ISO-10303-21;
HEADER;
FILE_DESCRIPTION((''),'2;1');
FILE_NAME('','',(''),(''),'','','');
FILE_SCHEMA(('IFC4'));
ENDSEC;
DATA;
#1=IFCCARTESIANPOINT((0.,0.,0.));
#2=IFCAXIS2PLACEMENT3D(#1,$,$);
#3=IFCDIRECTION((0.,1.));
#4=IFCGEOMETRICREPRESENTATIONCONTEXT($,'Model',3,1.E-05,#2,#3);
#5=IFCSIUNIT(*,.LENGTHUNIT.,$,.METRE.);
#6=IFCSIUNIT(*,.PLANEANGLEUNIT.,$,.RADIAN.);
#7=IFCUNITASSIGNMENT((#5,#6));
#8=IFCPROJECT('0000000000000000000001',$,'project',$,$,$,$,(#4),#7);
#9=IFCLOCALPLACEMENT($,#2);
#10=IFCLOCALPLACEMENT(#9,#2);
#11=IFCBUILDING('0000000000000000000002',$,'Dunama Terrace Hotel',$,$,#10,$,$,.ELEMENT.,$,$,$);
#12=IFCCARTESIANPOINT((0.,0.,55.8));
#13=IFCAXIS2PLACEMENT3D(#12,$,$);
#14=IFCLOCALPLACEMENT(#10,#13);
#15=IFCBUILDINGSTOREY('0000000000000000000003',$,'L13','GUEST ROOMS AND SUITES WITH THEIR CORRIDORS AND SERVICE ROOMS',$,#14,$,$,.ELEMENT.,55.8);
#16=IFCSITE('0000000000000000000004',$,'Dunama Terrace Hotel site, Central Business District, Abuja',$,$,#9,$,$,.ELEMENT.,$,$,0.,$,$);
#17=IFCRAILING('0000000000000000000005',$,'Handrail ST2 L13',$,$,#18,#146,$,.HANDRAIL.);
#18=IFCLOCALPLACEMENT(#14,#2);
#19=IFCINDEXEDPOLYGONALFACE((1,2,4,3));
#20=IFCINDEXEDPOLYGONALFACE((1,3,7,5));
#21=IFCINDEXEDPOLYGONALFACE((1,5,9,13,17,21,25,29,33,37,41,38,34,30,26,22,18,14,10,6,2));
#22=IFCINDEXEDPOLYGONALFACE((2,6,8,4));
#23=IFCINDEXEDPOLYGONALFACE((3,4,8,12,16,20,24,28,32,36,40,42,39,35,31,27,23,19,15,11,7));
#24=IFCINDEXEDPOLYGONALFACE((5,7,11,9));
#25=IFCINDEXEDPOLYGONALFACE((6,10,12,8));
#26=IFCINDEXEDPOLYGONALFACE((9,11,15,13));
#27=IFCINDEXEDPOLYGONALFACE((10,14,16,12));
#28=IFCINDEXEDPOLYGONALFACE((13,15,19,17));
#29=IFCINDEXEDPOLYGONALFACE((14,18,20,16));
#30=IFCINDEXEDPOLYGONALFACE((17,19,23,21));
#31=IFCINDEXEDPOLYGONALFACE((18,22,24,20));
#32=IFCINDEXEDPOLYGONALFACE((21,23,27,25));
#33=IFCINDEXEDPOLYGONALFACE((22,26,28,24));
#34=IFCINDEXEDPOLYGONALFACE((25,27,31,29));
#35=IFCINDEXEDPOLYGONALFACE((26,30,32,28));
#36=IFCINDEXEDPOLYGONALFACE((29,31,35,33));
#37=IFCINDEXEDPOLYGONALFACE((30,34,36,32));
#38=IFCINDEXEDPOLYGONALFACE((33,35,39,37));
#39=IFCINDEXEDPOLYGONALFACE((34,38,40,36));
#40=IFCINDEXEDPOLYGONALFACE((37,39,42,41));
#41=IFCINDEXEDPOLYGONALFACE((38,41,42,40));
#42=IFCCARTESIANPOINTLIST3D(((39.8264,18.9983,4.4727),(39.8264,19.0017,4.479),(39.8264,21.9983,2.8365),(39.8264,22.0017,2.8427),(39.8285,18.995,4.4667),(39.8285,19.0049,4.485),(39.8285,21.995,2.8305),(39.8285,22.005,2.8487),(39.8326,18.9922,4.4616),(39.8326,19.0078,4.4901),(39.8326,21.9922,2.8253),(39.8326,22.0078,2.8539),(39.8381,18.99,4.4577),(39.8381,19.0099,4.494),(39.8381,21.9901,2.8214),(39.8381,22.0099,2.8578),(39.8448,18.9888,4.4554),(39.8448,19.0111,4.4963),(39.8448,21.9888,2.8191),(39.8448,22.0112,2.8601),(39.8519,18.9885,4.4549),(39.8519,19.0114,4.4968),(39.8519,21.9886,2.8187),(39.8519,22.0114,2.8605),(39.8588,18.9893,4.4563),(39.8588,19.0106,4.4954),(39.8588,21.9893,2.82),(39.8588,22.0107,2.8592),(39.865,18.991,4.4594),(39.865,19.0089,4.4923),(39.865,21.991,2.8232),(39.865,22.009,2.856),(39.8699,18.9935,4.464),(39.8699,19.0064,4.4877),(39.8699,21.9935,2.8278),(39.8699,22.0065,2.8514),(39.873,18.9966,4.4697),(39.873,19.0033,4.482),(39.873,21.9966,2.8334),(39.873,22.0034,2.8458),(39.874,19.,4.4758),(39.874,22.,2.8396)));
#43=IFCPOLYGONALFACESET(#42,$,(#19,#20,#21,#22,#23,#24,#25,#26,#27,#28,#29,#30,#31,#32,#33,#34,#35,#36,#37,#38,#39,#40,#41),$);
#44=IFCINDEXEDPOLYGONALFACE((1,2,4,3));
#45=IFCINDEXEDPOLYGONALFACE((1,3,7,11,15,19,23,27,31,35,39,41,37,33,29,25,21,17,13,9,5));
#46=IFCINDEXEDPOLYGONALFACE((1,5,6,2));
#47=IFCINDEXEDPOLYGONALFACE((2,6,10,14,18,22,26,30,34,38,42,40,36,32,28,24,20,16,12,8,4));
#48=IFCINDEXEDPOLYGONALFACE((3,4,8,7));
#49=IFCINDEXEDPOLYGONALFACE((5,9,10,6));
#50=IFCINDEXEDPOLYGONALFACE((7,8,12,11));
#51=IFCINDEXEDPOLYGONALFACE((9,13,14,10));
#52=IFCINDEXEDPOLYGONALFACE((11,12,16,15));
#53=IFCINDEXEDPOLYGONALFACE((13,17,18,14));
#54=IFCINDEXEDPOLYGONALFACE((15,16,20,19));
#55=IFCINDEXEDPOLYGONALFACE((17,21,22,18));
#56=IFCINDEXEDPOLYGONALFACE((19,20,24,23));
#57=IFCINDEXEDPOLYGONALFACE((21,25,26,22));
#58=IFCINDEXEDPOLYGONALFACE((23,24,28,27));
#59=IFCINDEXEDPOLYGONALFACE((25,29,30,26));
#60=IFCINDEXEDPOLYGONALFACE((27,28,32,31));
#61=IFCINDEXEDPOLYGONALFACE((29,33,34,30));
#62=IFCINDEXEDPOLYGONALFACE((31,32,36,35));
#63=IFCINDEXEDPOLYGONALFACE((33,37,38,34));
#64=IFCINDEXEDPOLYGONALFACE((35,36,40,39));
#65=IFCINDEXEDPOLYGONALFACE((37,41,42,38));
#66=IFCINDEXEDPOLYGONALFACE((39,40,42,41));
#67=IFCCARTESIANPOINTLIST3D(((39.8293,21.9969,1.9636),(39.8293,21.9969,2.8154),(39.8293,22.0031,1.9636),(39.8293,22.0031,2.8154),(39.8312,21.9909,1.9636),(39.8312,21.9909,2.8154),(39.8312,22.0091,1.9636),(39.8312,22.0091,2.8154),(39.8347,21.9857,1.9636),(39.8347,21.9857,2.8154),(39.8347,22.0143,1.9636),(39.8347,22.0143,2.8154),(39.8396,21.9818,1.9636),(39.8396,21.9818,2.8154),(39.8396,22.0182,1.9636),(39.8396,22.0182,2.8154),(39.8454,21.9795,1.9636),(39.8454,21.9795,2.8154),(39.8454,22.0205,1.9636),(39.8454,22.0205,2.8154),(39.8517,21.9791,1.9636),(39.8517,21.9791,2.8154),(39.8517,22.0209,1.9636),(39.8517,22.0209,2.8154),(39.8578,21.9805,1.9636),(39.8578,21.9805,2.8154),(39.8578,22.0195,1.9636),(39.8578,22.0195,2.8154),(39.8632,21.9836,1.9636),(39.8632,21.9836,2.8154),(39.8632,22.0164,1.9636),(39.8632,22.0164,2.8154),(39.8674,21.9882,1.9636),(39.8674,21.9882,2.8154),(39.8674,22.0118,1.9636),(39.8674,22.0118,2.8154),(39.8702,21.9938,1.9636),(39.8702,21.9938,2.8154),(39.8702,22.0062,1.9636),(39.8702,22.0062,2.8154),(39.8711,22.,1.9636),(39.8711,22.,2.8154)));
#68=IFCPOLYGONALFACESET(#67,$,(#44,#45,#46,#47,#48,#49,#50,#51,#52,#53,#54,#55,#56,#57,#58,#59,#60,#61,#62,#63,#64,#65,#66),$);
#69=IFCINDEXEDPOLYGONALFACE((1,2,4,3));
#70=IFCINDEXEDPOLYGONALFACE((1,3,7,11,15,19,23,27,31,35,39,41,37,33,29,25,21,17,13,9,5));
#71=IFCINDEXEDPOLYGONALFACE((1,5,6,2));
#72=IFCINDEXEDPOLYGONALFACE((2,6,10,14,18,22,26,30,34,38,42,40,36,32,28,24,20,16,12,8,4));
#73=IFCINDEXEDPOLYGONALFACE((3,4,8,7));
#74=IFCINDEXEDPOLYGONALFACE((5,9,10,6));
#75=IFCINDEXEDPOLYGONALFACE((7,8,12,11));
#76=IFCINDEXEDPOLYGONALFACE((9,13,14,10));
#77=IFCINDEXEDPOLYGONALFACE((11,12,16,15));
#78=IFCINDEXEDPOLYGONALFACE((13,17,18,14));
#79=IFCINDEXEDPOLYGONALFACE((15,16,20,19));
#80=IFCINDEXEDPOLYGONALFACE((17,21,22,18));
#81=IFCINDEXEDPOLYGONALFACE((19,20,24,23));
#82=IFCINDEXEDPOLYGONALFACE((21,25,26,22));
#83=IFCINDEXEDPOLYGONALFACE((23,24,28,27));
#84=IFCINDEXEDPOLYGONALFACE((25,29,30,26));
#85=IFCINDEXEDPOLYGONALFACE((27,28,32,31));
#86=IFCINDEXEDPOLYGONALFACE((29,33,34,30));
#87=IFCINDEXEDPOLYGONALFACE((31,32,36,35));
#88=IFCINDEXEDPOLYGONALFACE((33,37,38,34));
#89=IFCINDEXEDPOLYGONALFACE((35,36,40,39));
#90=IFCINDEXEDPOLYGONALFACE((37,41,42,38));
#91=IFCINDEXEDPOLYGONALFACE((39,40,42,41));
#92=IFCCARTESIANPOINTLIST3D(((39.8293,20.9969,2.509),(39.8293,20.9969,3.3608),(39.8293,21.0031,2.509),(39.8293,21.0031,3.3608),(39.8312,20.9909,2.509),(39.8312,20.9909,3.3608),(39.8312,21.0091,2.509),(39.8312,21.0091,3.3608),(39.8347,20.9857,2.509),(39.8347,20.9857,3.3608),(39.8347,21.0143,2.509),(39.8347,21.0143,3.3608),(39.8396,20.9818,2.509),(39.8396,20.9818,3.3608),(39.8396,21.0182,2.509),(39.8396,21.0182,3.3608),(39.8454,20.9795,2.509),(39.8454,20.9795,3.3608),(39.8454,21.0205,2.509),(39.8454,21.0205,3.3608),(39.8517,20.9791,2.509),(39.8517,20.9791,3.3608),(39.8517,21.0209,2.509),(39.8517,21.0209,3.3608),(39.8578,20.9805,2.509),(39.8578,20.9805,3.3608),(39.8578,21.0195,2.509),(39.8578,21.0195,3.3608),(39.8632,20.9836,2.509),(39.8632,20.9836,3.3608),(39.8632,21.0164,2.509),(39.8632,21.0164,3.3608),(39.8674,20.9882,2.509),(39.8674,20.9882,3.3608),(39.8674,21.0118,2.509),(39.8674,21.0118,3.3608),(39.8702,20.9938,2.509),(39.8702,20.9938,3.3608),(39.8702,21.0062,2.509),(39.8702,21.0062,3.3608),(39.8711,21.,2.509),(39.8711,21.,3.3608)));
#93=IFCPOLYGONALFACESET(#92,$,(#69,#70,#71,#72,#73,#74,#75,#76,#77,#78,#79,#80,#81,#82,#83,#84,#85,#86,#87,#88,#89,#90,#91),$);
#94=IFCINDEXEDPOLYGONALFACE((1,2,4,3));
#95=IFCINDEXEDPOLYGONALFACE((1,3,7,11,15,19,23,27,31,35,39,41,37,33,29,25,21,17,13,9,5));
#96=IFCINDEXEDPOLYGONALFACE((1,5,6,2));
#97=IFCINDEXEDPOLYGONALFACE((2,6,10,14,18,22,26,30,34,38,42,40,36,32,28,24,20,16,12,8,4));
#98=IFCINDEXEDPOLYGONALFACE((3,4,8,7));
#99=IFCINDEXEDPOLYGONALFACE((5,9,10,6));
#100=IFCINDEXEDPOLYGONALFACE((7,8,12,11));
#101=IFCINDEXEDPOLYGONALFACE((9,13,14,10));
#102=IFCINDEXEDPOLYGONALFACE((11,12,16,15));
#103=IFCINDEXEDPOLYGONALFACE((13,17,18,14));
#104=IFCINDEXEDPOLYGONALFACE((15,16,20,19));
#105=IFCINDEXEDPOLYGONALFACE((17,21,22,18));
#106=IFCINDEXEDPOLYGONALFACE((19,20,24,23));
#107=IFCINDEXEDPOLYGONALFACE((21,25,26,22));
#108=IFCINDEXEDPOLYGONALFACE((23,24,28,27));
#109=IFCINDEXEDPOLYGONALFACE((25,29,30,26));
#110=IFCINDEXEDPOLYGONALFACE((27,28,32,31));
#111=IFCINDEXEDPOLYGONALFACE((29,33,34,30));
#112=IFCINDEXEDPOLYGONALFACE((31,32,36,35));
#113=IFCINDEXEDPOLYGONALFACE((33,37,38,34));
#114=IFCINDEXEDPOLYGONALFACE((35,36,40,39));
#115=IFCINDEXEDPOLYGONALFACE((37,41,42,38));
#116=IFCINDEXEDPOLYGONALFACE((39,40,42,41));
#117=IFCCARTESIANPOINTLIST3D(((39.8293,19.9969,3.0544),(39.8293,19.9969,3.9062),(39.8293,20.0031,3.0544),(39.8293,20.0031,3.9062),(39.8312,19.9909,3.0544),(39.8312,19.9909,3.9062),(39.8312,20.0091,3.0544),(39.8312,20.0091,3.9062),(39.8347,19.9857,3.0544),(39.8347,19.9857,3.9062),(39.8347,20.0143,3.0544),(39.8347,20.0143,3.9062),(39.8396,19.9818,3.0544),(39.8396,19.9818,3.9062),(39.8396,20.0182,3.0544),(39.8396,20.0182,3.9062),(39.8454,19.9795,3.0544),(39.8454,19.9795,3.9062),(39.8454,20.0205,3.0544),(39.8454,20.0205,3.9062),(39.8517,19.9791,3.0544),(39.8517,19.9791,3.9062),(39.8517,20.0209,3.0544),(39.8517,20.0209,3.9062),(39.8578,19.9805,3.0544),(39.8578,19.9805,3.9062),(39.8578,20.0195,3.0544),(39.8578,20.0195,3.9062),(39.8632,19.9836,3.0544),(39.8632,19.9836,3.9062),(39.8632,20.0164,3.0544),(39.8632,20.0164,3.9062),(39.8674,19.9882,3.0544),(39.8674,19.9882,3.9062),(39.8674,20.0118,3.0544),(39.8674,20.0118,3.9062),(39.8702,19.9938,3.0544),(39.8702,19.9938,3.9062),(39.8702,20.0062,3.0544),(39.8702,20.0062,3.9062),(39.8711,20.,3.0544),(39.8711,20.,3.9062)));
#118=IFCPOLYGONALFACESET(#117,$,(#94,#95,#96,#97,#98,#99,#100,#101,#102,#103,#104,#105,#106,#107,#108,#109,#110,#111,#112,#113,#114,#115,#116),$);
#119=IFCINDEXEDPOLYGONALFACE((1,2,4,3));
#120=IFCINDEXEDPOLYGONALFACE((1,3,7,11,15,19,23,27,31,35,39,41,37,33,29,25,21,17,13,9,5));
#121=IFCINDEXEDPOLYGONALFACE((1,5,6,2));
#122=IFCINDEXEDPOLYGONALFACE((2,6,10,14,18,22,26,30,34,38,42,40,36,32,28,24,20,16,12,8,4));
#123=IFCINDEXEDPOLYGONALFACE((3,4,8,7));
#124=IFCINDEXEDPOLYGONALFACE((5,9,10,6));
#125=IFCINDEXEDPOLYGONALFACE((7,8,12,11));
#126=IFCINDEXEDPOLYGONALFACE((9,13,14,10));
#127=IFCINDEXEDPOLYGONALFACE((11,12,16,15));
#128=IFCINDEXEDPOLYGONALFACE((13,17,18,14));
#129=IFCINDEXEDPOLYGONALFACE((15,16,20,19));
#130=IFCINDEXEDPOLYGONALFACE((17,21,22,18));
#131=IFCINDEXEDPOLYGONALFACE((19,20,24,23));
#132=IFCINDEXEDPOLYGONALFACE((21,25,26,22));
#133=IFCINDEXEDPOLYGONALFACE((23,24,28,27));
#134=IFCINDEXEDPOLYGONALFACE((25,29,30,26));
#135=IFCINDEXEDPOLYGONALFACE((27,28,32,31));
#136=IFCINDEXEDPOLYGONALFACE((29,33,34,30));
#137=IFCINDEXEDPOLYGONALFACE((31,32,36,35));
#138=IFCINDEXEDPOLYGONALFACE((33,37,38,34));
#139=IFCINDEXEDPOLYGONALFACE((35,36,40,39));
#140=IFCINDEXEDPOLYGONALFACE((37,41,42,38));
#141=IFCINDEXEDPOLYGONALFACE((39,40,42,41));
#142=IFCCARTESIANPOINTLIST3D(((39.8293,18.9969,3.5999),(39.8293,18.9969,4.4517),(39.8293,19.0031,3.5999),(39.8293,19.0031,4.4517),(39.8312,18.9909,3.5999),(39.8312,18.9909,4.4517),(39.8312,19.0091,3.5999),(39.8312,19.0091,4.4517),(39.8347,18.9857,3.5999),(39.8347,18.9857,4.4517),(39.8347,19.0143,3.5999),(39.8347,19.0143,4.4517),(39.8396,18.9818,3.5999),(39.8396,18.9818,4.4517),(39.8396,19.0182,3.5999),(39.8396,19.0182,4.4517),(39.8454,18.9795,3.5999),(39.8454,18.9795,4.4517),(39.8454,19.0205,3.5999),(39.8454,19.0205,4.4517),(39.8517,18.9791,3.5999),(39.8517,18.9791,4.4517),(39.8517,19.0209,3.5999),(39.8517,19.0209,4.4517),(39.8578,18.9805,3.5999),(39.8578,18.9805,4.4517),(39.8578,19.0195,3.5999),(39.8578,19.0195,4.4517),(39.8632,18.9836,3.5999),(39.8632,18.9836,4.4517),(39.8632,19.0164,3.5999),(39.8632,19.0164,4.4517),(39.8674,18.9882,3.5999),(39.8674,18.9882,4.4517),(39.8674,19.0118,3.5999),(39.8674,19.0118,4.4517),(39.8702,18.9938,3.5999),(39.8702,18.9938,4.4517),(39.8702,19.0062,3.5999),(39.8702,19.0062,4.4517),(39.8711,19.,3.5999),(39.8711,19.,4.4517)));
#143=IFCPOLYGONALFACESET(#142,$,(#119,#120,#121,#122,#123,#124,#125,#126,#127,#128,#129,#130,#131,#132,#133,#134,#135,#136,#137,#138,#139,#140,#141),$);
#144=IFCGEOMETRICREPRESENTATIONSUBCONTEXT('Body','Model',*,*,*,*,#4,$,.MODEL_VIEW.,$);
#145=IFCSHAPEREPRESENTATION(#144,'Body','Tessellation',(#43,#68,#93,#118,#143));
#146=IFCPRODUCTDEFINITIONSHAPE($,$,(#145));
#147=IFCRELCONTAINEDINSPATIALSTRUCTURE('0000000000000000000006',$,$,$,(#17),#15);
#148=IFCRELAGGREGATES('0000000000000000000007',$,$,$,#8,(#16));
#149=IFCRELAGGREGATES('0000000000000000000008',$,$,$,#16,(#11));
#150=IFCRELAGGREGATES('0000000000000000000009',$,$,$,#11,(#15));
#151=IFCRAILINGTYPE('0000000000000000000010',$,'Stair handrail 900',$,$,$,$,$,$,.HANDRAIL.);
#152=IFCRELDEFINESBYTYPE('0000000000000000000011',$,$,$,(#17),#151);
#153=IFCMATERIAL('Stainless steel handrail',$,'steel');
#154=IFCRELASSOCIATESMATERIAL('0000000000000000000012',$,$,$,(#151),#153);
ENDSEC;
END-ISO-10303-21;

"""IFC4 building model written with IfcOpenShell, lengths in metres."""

from ifc_helpers import new_model, si_unit, direction, frame, origin, origin_2d, place, context, subcontext, project, spatial, circle, extrude, material, type_object, element, save


model = new_model("IFC4")

# Units and contexts
model_context = context("Model", 3, precision=1e-05, world=origin(), true_north=direction((0.0, 1.0)))
body_context = subcontext(model_context, "Body", "Model", "MODEL_VIEW")
ifc_project = project(units=[si_unit("LENGTHUNIT", "METRE"), si_unit("PLANEANGLEUNIT", "RADIAN")], contexts=[model_context])

# Site, building, storey
site_placement = place(None, origin())
site = spatial("IfcSite", under=ifc_project, at=site_placement, Name="Dunama Terrace Hotel site, Central Business District, Abuja", CompositionType="ELEMENT", RefElevation=0.0)
building_placement = place(site_placement, origin())
building = spatial("IfcBuilding", under=site, at=building_placement, Name="Dunama Terrace Hotel", CompositionType="ELEMENT")
storey_placement = place(building_placement, frame((0.0, 0.0, 55.8)))
storey = spatial("IfcBuildingStorey", under=building, at=storey_placement, Name="L13", Description="GUEST ROOMS AND SUITES WITH THEIR CORRIDORS AND SERVICE ROOMS", CompositionType="ELEMENT", Elevation=55.8)

# Railing
ifc_material_1 = material(Name="Stainless steel handrail", Category="steel")
railing_type = type_object("IfcRailingType", Name="Stair handrail 900", PredefinedType="HANDRAIL", material=ifc_material_1)
railing_1_placement = place(storey_placement, frame((39.8501, 22.0, 1.9636)))
element("IfcRailing", 1, at=railing_1_placement, inside=storey, type_object=railing_type, Name="Handrail ST2 L13", PredefinedType="HANDRAIL", context=body_context, shape_type="SweptSolid", body=[
    extrude(circle(Radius=0.0239, at=origin_2d()), frame((0.0, 0.0, 0.876), z_axis=(0.0, -0.877912, 0.478822), x_axis=(1.0, 0.0, 0.0)), (0.0, 0.0, 1.0), 3.4172),
    extrude(circle(Radius=0.021, at=origin_2d()), origin(), (0.0, 0.0, 1.0), 0.8518),
    extrude(circle(Radius=0.021, at=origin_2d()), frame((0.0, -1.0, 0.5454)), (0.0, 0.0, 1.0), 0.8518),
    extrude(circle(Radius=0.021, at=origin_2d()), frame((0.0, -2.0, 1.0908)), (0.0, 0.0, 1.0), 0.8518),
    extrude(circle(Radius=0.021, at=origin_2d()), frame((0.0, -3.0, 1.6362)), (0.0, 0.0, 1.0), 0.8518),
])

save(model, "model.ifc")
